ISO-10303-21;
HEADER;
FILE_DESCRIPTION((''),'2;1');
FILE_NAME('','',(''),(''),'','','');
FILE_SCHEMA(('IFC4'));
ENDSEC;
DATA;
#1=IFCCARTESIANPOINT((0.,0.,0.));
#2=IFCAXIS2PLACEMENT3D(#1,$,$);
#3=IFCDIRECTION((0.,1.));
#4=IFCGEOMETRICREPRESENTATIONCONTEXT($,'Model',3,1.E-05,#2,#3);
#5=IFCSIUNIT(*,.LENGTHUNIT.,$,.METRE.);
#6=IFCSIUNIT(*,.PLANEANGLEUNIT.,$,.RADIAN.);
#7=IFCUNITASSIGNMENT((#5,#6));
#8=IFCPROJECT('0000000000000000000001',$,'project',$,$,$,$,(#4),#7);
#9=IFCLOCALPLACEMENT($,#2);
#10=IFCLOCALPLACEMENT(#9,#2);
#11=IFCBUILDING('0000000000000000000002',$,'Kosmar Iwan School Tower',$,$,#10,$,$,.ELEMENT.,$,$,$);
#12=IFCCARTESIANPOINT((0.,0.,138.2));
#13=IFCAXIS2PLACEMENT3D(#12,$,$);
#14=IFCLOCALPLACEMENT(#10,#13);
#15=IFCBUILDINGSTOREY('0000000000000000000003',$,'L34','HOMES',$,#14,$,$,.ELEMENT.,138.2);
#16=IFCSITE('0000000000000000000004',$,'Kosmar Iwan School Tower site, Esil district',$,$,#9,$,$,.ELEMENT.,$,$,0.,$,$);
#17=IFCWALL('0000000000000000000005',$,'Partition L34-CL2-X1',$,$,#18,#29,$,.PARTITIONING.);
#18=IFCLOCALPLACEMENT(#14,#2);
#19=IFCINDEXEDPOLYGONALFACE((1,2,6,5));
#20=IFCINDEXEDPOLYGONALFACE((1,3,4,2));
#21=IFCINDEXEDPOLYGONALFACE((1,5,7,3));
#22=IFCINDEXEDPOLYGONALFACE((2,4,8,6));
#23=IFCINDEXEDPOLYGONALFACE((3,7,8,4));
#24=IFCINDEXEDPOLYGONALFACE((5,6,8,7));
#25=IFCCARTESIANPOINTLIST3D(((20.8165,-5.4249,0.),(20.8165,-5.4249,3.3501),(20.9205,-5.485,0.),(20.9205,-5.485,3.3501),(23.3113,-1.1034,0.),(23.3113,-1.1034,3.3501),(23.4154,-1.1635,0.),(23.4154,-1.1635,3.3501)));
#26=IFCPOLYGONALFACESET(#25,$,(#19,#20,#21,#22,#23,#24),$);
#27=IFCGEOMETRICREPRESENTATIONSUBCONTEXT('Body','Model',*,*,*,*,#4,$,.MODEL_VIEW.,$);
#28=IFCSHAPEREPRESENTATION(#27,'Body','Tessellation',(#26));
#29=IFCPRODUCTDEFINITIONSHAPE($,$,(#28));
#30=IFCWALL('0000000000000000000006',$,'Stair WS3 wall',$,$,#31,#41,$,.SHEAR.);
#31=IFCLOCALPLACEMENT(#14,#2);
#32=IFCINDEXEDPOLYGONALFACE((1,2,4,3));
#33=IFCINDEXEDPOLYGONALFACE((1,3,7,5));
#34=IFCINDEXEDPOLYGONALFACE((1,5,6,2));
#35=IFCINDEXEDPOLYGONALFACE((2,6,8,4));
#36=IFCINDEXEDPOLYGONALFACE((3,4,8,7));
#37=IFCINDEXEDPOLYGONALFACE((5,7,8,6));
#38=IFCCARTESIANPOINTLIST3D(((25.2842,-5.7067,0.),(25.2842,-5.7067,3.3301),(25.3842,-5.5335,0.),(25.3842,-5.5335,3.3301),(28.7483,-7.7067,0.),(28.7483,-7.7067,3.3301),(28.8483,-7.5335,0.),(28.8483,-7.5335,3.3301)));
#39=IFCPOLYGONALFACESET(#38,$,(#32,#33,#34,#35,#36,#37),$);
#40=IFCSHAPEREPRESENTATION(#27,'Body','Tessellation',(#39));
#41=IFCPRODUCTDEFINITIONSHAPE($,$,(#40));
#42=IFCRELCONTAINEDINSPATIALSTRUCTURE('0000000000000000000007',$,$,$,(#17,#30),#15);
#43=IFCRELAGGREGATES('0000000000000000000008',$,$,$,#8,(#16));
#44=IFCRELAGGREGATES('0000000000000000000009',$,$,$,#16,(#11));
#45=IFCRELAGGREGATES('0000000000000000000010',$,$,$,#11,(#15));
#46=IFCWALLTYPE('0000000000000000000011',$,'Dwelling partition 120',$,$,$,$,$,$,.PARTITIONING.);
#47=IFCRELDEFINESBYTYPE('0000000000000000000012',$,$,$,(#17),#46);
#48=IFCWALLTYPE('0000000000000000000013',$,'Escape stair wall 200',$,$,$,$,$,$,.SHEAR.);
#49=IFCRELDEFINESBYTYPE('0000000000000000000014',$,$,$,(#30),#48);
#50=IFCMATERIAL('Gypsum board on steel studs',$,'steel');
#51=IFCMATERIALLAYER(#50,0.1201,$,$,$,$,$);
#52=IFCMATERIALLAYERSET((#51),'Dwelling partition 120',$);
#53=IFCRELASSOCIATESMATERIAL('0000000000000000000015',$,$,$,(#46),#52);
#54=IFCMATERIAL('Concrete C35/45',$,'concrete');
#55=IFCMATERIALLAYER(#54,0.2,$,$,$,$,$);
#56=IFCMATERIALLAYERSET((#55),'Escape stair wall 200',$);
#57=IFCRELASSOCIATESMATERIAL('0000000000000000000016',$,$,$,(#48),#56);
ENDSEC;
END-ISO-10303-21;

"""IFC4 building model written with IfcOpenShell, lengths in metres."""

from ifc_helpers import new_model, si_unit, direction, frame, frame_2d, origin, place, context, subcontext, project, spatial, rectangle, extrude, material, layer, layer_set, type_object, element, save


model = new_model("IFC4")

# Units and contexts
model_context = context("Model", 3, precision=1e-05, world=origin(), true_north=direction((0.0, 1.0)))
body_context = subcontext(model_context, "Body", "Model", "MODEL_VIEW")
ifc_project = project(units=[si_unit("LENGTHUNIT", "METRE"), si_unit("PLANEANGLEUNIT", "RADIAN")], contexts=[model_context])

# Site, building, storey
site_placement = place(None, origin())
site = spatial("IfcSite", under=ifc_project, at=site_placement, Name="Kosmar Iwan School Tower site, Esil district", CompositionType="ELEMENT", RefElevation=0.0)
building_placement = place(site_placement, origin())
building = spatial("IfcBuilding", under=site, at=building_placement, Name="Kosmar Iwan School Tower", CompositionType="ELEMENT")
storey_placement = place(building_placement, frame((0.0, 0.0, 138.2)))
storey = spatial("IfcBuildingStorey", under=building, at=storey_placement, Name="L34", Description="HOMES", CompositionType="ELEMENT", Elevation=138.2)

# Shared definitions
ifc_material_1 = material(Name="Gypsum board on steel studs", Category="steel")
ifc_layer_1 = layer(ifc_material_1, 0.1201)
ifc_layer_set_1 = layer_set([ifc_layer_1], Name="Dwelling partition 120")
wall_type_1 = type_object("IfcWallType", Name="Dwelling partition 120", PredefinedType="PARTITIONING", material=ifc_layer_set_1)

# Walls
wall_1_placement = place(storey_placement, frame((20.8684, -5.4551, 0.0), z_axis=(0.0, 0.0, 1.0), x_axis=(0.499975, 0.86604, 0.0)))
element("IfcWall", 1, at=wall_1_placement, inside=storey, type_object=wall_type_1, Name="Partition L34-CL2-X1", PredefinedType="PARTITIONING", context=body_context, shape_type="SweptSolid", body=[
    extrude(rectangle(XDim=4.99, YDim=0.1201, at=frame_2d((2.4951, 0.0))), origin(), (0.0, 0.0, 1.0), 3.3501),
])
ifc_material_2 = material(Name="Concrete C35/45", Category="concrete")
ifc_layer_2 = layer(ifc_material_2, 0.2)
ifc_layer_set_2 = layer_set([ifc_layer_2], Name="Escape stair wall 200")
wall_type_2 = type_object("IfcWallType", Name="Escape stair wall 200", PredefinedType="SHEAR", material=ifc_layer_set_2)
wall_2_placement = place(storey_placement, frame((25.3342, -5.6201, 0.0), z_axis=(0.0, 0.0, 1.0), x_axis=(0.866026, -0.499999, 0.0)))
element("IfcWall", 2, at=wall_2_placement, inside=storey, type_object=wall_type_2, Name="Stair WS3 wall", PredefinedType="SHEAR", context=body_context, shape_type="SweptSolid", body=[
    extrude(rectangle(XDim=4.0, YDim=0.2, at=frame_2d((2.0, 0.0))), origin(), (0.0, 0.0, 1.0), 3.3301),
])

save(model, "model.ifc")
